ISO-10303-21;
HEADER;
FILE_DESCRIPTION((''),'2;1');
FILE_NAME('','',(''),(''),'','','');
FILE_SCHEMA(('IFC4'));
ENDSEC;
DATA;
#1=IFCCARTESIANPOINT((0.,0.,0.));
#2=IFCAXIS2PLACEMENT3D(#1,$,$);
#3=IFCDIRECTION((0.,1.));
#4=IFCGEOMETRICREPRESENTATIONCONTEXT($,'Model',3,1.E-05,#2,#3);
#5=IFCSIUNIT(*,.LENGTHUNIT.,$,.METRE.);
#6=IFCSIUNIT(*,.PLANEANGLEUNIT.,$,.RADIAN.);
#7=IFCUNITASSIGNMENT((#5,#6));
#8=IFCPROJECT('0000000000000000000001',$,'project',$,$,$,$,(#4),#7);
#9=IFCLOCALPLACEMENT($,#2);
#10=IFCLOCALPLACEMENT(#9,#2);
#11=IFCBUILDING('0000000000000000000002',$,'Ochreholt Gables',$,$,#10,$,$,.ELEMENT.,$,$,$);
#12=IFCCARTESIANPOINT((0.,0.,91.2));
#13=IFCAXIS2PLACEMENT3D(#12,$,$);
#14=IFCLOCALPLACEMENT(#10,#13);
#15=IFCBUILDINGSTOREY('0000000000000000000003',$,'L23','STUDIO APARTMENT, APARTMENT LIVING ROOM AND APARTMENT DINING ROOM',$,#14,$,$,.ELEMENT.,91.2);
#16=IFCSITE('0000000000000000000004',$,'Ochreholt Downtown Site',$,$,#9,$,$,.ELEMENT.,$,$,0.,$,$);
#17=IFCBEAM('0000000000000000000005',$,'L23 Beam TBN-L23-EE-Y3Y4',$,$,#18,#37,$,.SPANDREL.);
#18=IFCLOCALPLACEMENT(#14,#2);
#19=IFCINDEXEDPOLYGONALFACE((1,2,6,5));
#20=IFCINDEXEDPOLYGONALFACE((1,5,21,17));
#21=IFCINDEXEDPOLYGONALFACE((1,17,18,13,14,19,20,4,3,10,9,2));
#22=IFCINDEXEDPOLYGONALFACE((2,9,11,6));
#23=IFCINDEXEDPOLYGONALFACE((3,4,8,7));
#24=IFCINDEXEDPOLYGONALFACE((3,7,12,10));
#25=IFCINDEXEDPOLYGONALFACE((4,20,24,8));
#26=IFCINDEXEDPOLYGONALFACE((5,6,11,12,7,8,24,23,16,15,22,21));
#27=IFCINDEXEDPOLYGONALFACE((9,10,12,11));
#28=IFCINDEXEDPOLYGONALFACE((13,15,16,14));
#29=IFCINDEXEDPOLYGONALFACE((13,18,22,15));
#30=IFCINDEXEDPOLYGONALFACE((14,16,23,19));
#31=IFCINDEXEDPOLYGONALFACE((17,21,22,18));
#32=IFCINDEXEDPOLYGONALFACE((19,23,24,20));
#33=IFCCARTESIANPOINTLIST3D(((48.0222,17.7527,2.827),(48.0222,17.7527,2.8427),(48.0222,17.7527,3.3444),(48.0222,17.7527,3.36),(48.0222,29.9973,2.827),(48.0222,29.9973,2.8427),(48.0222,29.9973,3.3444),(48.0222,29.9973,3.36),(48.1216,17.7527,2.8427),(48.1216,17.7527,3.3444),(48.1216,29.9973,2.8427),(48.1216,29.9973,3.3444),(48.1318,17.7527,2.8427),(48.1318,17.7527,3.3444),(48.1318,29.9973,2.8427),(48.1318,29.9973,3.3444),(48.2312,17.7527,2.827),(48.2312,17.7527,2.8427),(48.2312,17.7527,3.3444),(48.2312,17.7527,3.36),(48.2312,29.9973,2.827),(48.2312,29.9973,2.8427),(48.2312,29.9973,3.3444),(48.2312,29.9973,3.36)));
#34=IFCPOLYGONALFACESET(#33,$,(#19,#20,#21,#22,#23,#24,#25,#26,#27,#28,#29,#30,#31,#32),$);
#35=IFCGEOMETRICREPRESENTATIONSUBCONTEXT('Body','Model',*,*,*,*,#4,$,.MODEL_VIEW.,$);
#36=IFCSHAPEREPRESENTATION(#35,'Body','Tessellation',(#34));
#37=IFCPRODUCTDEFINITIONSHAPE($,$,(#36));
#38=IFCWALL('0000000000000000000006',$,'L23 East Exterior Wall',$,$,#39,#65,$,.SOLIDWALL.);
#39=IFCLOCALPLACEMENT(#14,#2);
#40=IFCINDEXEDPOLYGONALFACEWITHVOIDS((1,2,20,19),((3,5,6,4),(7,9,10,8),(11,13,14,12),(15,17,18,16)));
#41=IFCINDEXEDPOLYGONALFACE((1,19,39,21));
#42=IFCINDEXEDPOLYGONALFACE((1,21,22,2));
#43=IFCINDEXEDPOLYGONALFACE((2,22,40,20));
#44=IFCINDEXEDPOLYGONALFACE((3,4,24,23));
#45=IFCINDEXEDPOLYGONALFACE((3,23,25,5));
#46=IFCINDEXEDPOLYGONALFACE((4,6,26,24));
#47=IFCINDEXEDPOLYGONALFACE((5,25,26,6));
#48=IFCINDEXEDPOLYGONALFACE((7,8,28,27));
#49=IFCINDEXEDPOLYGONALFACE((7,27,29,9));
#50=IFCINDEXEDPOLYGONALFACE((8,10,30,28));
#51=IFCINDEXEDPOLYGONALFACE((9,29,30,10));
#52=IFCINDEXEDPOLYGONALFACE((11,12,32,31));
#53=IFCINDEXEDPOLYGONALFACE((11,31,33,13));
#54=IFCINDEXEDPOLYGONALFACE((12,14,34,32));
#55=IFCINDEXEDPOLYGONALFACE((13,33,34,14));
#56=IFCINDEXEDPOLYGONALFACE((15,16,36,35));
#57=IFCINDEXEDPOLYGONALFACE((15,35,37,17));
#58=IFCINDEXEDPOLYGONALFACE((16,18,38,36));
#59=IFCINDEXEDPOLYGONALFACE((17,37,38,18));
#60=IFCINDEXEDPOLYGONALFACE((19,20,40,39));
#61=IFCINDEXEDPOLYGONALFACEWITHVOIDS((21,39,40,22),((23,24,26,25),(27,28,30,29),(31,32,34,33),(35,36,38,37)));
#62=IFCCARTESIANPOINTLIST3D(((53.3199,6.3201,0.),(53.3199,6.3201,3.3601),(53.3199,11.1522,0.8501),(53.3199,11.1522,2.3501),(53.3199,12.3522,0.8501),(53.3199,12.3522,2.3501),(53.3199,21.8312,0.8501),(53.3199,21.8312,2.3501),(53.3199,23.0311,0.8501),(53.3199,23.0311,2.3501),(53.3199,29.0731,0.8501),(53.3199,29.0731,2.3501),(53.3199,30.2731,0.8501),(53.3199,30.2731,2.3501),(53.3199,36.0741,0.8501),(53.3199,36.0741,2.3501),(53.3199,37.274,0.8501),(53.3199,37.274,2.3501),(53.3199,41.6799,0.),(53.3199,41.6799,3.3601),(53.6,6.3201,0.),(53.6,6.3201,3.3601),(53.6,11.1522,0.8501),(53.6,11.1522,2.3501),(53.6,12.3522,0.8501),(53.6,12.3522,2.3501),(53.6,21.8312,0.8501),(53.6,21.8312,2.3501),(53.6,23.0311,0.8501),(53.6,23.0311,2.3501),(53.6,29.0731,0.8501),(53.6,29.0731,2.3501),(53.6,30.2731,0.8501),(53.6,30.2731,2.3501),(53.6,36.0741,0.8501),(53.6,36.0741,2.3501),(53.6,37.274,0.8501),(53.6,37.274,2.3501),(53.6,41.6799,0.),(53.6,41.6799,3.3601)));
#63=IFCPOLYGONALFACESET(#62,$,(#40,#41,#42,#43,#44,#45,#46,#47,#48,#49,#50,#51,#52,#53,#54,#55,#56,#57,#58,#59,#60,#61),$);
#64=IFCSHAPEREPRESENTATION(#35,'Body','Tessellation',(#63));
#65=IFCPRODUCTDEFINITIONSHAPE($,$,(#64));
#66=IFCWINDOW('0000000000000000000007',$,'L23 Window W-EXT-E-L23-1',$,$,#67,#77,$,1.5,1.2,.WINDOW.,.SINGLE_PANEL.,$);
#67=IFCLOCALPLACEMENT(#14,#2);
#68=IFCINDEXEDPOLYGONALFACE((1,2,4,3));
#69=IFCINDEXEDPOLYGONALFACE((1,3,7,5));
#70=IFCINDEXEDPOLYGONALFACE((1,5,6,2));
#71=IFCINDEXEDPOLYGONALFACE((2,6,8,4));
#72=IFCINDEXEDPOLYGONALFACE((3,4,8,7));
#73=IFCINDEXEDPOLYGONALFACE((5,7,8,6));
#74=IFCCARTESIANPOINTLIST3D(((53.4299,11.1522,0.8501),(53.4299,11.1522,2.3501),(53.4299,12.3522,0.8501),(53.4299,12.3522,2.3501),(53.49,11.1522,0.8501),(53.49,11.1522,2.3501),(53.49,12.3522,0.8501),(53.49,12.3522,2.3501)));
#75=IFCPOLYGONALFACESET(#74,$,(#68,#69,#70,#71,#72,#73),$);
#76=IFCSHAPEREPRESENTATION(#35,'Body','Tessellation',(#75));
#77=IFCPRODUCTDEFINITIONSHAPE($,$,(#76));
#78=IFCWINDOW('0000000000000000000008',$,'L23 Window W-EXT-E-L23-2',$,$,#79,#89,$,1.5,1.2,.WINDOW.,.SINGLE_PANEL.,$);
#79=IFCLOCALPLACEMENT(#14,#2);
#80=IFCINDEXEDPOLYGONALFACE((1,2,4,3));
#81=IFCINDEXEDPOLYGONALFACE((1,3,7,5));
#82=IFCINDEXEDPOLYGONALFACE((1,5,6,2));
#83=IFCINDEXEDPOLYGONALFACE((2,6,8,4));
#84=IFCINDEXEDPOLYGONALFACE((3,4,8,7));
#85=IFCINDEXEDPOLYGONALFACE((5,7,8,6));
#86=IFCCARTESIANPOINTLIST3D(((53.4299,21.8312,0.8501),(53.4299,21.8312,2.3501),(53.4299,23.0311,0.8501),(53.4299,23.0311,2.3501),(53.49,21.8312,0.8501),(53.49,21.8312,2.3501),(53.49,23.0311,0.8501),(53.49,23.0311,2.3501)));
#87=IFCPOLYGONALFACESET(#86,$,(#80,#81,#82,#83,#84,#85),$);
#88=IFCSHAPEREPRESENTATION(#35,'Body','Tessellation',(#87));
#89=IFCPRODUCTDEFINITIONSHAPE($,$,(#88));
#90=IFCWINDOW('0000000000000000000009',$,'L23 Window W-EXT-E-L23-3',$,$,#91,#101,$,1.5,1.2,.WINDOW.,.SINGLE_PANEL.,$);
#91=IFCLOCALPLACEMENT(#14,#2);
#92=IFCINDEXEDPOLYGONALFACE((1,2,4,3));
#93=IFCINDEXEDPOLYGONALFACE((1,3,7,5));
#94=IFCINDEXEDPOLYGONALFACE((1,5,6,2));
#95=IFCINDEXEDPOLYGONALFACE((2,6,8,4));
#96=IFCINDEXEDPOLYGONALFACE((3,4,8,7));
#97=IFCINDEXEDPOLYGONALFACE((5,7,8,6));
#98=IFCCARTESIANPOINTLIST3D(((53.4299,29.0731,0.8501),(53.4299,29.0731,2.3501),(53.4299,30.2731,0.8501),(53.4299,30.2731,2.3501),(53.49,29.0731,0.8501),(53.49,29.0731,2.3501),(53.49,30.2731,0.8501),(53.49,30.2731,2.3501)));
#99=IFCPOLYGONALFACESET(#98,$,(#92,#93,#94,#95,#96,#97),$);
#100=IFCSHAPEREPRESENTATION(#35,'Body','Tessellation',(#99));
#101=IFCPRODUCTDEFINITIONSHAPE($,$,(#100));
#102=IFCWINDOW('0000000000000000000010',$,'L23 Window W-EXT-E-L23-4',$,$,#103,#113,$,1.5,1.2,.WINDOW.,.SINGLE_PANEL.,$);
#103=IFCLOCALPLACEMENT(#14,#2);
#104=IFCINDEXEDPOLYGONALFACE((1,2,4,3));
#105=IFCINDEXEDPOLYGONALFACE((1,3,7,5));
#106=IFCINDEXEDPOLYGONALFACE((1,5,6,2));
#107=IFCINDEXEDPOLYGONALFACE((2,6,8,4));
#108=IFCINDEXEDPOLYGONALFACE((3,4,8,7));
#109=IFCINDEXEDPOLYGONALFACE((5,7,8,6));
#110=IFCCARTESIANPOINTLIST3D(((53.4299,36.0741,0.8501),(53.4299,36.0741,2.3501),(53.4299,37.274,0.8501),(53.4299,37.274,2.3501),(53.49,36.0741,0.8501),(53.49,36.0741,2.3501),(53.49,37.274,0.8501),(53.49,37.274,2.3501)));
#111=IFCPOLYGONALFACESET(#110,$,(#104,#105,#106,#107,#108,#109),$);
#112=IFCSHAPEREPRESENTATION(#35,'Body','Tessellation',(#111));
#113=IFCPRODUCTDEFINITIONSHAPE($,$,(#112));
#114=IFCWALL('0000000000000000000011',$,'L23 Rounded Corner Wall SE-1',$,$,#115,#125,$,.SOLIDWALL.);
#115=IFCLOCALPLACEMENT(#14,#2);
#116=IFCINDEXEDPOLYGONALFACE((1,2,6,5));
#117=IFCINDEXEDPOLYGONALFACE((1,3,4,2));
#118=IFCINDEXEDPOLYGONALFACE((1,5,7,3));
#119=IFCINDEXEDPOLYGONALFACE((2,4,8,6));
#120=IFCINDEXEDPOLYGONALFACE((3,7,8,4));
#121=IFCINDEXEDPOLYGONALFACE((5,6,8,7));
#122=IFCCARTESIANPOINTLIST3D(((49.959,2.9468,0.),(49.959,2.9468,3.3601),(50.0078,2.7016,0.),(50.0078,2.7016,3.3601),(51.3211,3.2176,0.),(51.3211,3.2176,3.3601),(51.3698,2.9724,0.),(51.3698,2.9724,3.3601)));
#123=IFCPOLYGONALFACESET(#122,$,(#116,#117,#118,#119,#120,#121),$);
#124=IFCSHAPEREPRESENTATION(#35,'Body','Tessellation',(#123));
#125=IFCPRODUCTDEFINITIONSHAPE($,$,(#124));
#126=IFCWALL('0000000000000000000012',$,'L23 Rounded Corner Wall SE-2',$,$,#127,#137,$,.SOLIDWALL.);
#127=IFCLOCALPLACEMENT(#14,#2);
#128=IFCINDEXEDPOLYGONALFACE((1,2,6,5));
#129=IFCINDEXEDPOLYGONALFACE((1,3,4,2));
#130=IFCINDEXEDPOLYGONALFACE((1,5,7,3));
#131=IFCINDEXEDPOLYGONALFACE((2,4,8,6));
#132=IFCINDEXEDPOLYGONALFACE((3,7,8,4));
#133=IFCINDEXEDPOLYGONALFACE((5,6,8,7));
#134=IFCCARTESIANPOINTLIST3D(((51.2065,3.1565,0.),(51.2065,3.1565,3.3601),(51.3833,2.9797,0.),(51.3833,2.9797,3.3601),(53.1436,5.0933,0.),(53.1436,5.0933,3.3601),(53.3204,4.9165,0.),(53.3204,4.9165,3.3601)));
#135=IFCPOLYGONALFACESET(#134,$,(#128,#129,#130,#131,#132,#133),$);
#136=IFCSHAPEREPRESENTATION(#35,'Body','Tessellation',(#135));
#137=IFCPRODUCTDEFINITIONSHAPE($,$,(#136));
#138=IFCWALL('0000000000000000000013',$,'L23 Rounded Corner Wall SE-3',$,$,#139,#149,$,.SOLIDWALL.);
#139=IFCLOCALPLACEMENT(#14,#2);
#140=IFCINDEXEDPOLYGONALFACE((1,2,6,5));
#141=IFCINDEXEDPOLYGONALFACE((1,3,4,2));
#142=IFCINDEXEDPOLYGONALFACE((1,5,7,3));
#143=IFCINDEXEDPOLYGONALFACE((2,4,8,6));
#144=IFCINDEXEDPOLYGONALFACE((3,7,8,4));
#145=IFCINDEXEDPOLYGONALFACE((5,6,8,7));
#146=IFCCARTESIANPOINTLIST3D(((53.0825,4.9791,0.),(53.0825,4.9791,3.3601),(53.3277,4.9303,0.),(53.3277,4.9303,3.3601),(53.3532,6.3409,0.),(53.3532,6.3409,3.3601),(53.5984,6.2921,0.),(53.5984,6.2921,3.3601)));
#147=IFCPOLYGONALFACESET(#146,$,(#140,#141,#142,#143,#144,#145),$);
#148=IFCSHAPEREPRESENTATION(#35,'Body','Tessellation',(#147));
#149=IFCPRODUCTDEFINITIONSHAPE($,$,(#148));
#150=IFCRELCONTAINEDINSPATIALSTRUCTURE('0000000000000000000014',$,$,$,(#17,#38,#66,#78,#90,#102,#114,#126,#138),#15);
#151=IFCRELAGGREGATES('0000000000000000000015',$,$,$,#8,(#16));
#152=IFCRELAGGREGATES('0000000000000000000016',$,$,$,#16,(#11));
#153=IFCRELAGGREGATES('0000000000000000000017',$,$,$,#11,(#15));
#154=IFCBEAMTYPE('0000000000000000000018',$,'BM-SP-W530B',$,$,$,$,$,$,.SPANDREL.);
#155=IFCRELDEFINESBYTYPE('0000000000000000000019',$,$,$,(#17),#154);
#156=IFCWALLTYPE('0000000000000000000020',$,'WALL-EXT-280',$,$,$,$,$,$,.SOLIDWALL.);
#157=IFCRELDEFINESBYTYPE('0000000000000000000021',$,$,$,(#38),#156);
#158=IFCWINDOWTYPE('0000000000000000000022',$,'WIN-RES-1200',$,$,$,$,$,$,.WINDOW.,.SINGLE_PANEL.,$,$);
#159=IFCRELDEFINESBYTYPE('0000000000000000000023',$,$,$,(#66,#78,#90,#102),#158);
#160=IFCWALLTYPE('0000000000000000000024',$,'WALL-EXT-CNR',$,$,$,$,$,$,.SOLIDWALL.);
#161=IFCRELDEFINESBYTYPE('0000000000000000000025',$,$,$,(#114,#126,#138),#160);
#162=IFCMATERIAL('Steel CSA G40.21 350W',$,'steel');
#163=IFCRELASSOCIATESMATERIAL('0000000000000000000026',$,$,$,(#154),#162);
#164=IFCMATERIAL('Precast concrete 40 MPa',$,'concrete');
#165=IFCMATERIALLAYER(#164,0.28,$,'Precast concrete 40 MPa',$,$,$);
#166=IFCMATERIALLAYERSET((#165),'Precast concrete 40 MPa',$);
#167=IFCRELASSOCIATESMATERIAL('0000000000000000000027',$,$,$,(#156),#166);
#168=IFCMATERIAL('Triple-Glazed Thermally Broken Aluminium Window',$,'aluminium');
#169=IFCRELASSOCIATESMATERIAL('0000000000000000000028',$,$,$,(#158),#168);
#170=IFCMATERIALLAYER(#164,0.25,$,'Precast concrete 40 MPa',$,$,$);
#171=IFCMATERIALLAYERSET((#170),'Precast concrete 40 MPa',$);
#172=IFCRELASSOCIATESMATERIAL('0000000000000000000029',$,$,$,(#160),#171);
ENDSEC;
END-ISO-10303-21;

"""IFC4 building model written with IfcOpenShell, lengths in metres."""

from ifc_helpers import new_model, si_unit, direction, frame, frame_2d, origin, origin_2d, place, context, subcontext, project, spatial, rectangle, i_section, extrude, material, layer, layer_set, material_profile, profile_set, type_object, element, fill, save


model = new_model("IFC4")

# Units and contexts
model_context = context("Model", 3, precision=1e-05, world=origin(), true_north=direction((0.0, 1.0)))
body_context = subcontext(model_context, "Body", "Model", "MODEL_VIEW")
ifc_project = project(units=[si_unit("LENGTHUNIT", "METRE"), si_unit("PLANEANGLEUNIT", "RADIAN")], contexts=[model_context])

# Site, building, storey
site_placement = place(None, origin())
site = spatial("IfcSite", under=ifc_project, at=site_placement, Name="Ochreholt Downtown Site", CompositionType="ELEMENT", RefElevation=0.0)
building_placement = place(site_placement, origin())
building = spatial("IfcBuilding", under=site, at=building_placement, Name="Ochreholt Gables", CompositionType="ELEMENT")
storey_placement = place(building_placement, frame((0.0, 0.0, 91.2)))
storey = spatial("IfcBuildingStorey", under=building, at=storey_placement, Name="L23", Description="STUDIO APARTMENT, APARTMENT LIVING ROOM AND APARTMENT DINING ROOM", CompositionType="ELEMENT", Elevation=91.2)

# Shared definitions
ifc_material_1 = material(Name="Steel CSA G40.21 350W", Category="steel")

# Beam
ifc_material_profile_1 = material_profile(ifc_material_1, i_section(OverallWidth=0.209, OverallDepth=0.533, WebThickness=0.0103, FlangeThickness=0.0156, at=origin_2d()), Name="W530X92")
ifc_profile_set_1 = profile_set([ifc_material_profile_1], Name="Steel CSA G40.21 350W")
beam_type_1 = type_object("IfcBeamType", Name="BM-SP-W530B", PredefinedType="SPANDREL", material=ifc_profile_set_1)
beam_1_placement = place(storey_placement, frame((48.1267, 17.7527, 3.0935), z_axis=(0.0, 1.0, 0.0), x_axis=(-1.0, 0.0, 0.0)))
element("IfcBeam", 1, at=beam_1_placement, inside=storey, type_object=beam_type_1, Name="L23 Beam TBN-L23-EE-Y3Y4", PredefinedType="SPANDREL", context=body_context, shape_type="SweptSolid", body=[
    extrude(i_section(OverallWidth=0.209, OverallDepth=0.533, WebThickness=0.0103, FlangeThickness=0.0156, at=origin_2d()), origin(), (0.0, 0.0, 1.0), 12.2446),
])

# Wall, openings, windows
ifc_material_2 = material(Name="Precast concrete 40 MPa", Category="concrete")
ifc_layer_1 = layer(ifc_material_2, 0.28, Name="Precast concrete 40 MPa")
ifc_layer_set_1 = layer_set([ifc_layer_1], Name="Precast concrete 40 MPa")
wall_type_1 = type_object("IfcWallType", Name="WALL-EXT-280", PredefinedType="SOLIDWALL", material=ifc_layer_set_1)
wall_1_placement = place(storey_placement, frame((53.46, 6.3201, 0.0), z_axis=(0.0, 0.0, 1.0), x_axis=(0.0, 1.0, 0.0)))
wall_1 = element("IfcWall", 2, at=wall_1_placement, inside=storey, type_object=wall_type_1, Name="L23 East Exterior Wall", PredefinedType="SOLIDWALL", context=body_context, shape_type="SweptSolid", body=[
    extrude(rectangle(XDim=35.3599, YDim=0.28, at=frame_2d((17.6799, 0.0))), origin(), (0.0, 0.0, 1.0), 3.3601),
])
opening_1_placement = place(wall_1_placement, frame((4.832, 0.0, 0.8501)))
opening_1 = element("IfcOpeningElement", 3, at=opening_1_placement, cuts=wall_1, PredefinedType="OPENING", context=body_context, shape_type="SweptSolid", body=[
    extrude(rectangle(XDim=1.2, YDim=1.5, at=frame_2d((0.6001, 0.75))), frame((0.0, 0.1499, 0.0), z_axis=(0.0, -1.0, 0.0), x_axis=(1.0, 0.0, 0.0)), (0.0, 0.0, 1.0), 0.3),
])
opening_2_placement = place(wall_1_placement, frame((15.511, 0.0, 0.8501)))
opening_2 = element("IfcOpeningElement", 4, at=opening_2_placement, cuts=wall_1, PredefinedType="OPENING", context=body_context, shape_type="SweptSolid", body=[
    extrude(rectangle(XDim=1.2, YDim=1.5, at=frame_2d((0.6001, 0.75))), frame((0.0, 0.1499, 0.0), z_axis=(0.0, -1.0, 0.0), x_axis=(1.0, 0.0, 0.0)), (0.0, 0.0, 1.0), 0.3),
])
opening_3_placement = place(wall_1_placement, frame((22.7529, 0.0, 0.8501)))
opening_3 = element("IfcOpeningElement", 5, at=opening_3_placement, cuts=wall_1, PredefinedType="OPENING", context=body_context, shape_type="SweptSolid", body=[
    extrude(rectangle(XDim=1.2, YDim=1.5, at=frame_2d((0.6001, 0.75))), frame((0.0, 0.1499, 0.0), z_axis=(0.0, -1.0, 0.0), x_axis=(1.0, 0.0, 0.0)), (0.0, 0.0, 1.0), 0.3),
])
opening_4_placement = place(wall_1_placement, frame((29.7539, 0.0, 0.8501)))
opening_4 = element("IfcOpeningElement", 6, at=opening_4_placement, cuts=wall_1, PredefinedType="OPENING", context=body_context, shape_type="SweptSolid", body=[
    extrude(rectangle(XDim=1.2, YDim=1.5, at=frame_2d((0.6001, 0.75))), frame((0.0, 0.1499, 0.0), z_axis=(0.0, -1.0, 0.0), x_axis=(1.0, 0.0, 0.0)), (0.0, 0.0, 1.0), 0.3),
])
ifc_material_3 = material(Name="Triple-Glazed Thermally Broken Aluminium Window", Category="aluminium")
window_type = type_object("IfcWindowType", Name="WIN-RES-1200", PartitioningType="SINGLE_PANEL", PredefinedType="WINDOW", material=ifc_material_3)
window_1_placement = place(opening_1_placement, origin())
window_1 = element("IfcWindow", 7, at=window_1_placement, inside=storey, type_object=window_type, Name="L23 Window W-EXT-E-L23-1", OverallHeight=1.5, OverallWidth=1.2, PartitioningType="SINGLE_PANEL", PredefinedType="WINDOW", context=body_context, shape_type="SweptSolid", body=[
    extrude(rectangle(XDim=1.2, YDim=1.5, at=frame_2d((0.6001, 0.75))), frame((0.0, 0.03, 0.0), z_axis=(0.0, -1.0, 0.0), x_axis=(1.0, 0.0, 0.0)), (0.0, 0.0, 1.0), 0.0601),
])
fill(opening_1, window_1)
window_2_placement = place(opening_2_placement, origin())
window_2 = element("IfcWindow", 8, at=window_2_placement, inside=storey, type_object=window_type, Name="L23 Window W-EXT-E-L23-2", OverallHeight=1.5, OverallWidth=1.2, PartitioningType="SINGLE_PANEL", PredefinedType="WINDOW", context=body_context, shape_type="SweptSolid", body=[
    extrude(rectangle(XDim=1.2, YDim=1.5, at=frame_2d((0.6001, 0.75))), frame((0.0, 0.03, 0.0), z_axis=(0.0, -1.0, 0.0), x_axis=(1.0, 0.0, 0.0)), (0.0, 0.0, 1.0), 0.0601),
])
fill(opening_2, window_2)
window_3_placement = place(opening_3_placement, origin())
window_3 = element("IfcWindow", 9, at=window_3_placement, inside=storey, type_object=window_type, Name="L23 Window W-EXT-E-L23-3", OverallHeight=1.5, OverallWidth=1.2, PartitioningType="SINGLE_PANEL", PredefinedType="WINDOW", context=body_context, shape_type="SweptSolid", body=[
    extrude(rectangle(XDim=1.2, YDim=1.5, at=frame_2d((0.6001, 0.75))), frame((0.0, 0.03, 0.0), z_axis=(0.0, -1.0, 0.0), x_axis=(1.0, 0.0, 0.0)), (0.0, 0.0, 1.0), 0.0601),
])
fill(opening_3, window_3)
window_4_placement = place(opening_4_placement, origin())
window_4 = element("IfcWindow", 10, at=window_4_placement, inside=storey, type_object=window_type, Name="L23 Window W-EXT-E-L23-4", OverallHeight=1.5, OverallWidth=1.2, PartitioningType="SINGLE_PANEL", PredefinedType="WINDOW", context=body_context, shape_type="SweptSolid", body=[
    extrude(rectangle(XDim=1.2, YDim=1.5, at=frame_2d((0.6001, 0.75))), frame((0.0, 0.03, 0.0), z_axis=(0.0, -1.0, 0.0), x_axis=(1.0, 0.0, 0.0)), (0.0, 0.0, 1.0), 0.0601),
])
fill(opening_4, window_4)

# Walls
ifc_layer_2 = layer(ifc_material_2, 0.25, Name="Precast concrete 40 MPa")
ifc_layer_set_2 = layer_set([ifc_layer_2], Name="Precast concrete 40 MPa")
wall_type_2 = type_object("IfcWallType", Name="WALL-EXT-CNR", PredefinedType="SOLIDWALL", material=ifc_layer_set_2)
wall_2_placement = place(storey_placement, frame((49.9834, 2.8242, 0.0), z_axis=(0.0, 0.0, 1.0), x_axis=(0.98081, 0.194967, 0.0)))
element("IfcWall", 11, at=wall_2_placement, inside=storey, type_object=wall_type_2, Name="L23 Rounded Corner Wall SE-1", PredefinedType="SOLIDWALL", context=body_context, shape_type="SweptSolid", body=[
    extrude(rectangle(XDim=1.3887, YDim=0.25, at=frame_2d((0.6943, 0.0))), origin(), (0.0, 0.0, 1.0), 3.3601),
])
wall_3_placement = place(storey_placement, frame((51.2949, 3.0681, 0.0), z_axis=(0.0, 0.0, 1.0), x_axis=(0.707151, 0.707062, 0.0)))
element("IfcWall", 12, at=wall_3_placement, inside=storey, type_object=wall_type_2, Name="L23 Rounded Corner Wall SE-2", PredefinedType="SOLIDWALL", context=body_context, shape_type="SweptSolid", body=[
    extrude(rectangle(XDim=2.7393, YDim=0.25, at=frame_2d((1.3696, 0.0))), origin(), (0.0, 0.0, 1.0), 3.3601),
])
wall_4_placement = place(storey_placement, frame((53.2051, 4.9546, 0.0), z_axis=(0.0, 0.0, 1.0), x_axis=(0.195, 0.980803, 0.0)))
element("IfcWall", 13, at=wall_4_placement, inside=storey, type_object=wall_type_2, Name="L23 Rounded Corner Wall SE-3", PredefinedType="SOLIDWALL", context=body_context, shape_type="SweptSolid", body=[
    extrude(rectangle(XDim=1.3884, YDim=0.25, at=frame_2d((0.6943, 0.0))), origin(), (0.0, 0.0, 1.0), 3.3601),
])

save(model, "model.ifc")
